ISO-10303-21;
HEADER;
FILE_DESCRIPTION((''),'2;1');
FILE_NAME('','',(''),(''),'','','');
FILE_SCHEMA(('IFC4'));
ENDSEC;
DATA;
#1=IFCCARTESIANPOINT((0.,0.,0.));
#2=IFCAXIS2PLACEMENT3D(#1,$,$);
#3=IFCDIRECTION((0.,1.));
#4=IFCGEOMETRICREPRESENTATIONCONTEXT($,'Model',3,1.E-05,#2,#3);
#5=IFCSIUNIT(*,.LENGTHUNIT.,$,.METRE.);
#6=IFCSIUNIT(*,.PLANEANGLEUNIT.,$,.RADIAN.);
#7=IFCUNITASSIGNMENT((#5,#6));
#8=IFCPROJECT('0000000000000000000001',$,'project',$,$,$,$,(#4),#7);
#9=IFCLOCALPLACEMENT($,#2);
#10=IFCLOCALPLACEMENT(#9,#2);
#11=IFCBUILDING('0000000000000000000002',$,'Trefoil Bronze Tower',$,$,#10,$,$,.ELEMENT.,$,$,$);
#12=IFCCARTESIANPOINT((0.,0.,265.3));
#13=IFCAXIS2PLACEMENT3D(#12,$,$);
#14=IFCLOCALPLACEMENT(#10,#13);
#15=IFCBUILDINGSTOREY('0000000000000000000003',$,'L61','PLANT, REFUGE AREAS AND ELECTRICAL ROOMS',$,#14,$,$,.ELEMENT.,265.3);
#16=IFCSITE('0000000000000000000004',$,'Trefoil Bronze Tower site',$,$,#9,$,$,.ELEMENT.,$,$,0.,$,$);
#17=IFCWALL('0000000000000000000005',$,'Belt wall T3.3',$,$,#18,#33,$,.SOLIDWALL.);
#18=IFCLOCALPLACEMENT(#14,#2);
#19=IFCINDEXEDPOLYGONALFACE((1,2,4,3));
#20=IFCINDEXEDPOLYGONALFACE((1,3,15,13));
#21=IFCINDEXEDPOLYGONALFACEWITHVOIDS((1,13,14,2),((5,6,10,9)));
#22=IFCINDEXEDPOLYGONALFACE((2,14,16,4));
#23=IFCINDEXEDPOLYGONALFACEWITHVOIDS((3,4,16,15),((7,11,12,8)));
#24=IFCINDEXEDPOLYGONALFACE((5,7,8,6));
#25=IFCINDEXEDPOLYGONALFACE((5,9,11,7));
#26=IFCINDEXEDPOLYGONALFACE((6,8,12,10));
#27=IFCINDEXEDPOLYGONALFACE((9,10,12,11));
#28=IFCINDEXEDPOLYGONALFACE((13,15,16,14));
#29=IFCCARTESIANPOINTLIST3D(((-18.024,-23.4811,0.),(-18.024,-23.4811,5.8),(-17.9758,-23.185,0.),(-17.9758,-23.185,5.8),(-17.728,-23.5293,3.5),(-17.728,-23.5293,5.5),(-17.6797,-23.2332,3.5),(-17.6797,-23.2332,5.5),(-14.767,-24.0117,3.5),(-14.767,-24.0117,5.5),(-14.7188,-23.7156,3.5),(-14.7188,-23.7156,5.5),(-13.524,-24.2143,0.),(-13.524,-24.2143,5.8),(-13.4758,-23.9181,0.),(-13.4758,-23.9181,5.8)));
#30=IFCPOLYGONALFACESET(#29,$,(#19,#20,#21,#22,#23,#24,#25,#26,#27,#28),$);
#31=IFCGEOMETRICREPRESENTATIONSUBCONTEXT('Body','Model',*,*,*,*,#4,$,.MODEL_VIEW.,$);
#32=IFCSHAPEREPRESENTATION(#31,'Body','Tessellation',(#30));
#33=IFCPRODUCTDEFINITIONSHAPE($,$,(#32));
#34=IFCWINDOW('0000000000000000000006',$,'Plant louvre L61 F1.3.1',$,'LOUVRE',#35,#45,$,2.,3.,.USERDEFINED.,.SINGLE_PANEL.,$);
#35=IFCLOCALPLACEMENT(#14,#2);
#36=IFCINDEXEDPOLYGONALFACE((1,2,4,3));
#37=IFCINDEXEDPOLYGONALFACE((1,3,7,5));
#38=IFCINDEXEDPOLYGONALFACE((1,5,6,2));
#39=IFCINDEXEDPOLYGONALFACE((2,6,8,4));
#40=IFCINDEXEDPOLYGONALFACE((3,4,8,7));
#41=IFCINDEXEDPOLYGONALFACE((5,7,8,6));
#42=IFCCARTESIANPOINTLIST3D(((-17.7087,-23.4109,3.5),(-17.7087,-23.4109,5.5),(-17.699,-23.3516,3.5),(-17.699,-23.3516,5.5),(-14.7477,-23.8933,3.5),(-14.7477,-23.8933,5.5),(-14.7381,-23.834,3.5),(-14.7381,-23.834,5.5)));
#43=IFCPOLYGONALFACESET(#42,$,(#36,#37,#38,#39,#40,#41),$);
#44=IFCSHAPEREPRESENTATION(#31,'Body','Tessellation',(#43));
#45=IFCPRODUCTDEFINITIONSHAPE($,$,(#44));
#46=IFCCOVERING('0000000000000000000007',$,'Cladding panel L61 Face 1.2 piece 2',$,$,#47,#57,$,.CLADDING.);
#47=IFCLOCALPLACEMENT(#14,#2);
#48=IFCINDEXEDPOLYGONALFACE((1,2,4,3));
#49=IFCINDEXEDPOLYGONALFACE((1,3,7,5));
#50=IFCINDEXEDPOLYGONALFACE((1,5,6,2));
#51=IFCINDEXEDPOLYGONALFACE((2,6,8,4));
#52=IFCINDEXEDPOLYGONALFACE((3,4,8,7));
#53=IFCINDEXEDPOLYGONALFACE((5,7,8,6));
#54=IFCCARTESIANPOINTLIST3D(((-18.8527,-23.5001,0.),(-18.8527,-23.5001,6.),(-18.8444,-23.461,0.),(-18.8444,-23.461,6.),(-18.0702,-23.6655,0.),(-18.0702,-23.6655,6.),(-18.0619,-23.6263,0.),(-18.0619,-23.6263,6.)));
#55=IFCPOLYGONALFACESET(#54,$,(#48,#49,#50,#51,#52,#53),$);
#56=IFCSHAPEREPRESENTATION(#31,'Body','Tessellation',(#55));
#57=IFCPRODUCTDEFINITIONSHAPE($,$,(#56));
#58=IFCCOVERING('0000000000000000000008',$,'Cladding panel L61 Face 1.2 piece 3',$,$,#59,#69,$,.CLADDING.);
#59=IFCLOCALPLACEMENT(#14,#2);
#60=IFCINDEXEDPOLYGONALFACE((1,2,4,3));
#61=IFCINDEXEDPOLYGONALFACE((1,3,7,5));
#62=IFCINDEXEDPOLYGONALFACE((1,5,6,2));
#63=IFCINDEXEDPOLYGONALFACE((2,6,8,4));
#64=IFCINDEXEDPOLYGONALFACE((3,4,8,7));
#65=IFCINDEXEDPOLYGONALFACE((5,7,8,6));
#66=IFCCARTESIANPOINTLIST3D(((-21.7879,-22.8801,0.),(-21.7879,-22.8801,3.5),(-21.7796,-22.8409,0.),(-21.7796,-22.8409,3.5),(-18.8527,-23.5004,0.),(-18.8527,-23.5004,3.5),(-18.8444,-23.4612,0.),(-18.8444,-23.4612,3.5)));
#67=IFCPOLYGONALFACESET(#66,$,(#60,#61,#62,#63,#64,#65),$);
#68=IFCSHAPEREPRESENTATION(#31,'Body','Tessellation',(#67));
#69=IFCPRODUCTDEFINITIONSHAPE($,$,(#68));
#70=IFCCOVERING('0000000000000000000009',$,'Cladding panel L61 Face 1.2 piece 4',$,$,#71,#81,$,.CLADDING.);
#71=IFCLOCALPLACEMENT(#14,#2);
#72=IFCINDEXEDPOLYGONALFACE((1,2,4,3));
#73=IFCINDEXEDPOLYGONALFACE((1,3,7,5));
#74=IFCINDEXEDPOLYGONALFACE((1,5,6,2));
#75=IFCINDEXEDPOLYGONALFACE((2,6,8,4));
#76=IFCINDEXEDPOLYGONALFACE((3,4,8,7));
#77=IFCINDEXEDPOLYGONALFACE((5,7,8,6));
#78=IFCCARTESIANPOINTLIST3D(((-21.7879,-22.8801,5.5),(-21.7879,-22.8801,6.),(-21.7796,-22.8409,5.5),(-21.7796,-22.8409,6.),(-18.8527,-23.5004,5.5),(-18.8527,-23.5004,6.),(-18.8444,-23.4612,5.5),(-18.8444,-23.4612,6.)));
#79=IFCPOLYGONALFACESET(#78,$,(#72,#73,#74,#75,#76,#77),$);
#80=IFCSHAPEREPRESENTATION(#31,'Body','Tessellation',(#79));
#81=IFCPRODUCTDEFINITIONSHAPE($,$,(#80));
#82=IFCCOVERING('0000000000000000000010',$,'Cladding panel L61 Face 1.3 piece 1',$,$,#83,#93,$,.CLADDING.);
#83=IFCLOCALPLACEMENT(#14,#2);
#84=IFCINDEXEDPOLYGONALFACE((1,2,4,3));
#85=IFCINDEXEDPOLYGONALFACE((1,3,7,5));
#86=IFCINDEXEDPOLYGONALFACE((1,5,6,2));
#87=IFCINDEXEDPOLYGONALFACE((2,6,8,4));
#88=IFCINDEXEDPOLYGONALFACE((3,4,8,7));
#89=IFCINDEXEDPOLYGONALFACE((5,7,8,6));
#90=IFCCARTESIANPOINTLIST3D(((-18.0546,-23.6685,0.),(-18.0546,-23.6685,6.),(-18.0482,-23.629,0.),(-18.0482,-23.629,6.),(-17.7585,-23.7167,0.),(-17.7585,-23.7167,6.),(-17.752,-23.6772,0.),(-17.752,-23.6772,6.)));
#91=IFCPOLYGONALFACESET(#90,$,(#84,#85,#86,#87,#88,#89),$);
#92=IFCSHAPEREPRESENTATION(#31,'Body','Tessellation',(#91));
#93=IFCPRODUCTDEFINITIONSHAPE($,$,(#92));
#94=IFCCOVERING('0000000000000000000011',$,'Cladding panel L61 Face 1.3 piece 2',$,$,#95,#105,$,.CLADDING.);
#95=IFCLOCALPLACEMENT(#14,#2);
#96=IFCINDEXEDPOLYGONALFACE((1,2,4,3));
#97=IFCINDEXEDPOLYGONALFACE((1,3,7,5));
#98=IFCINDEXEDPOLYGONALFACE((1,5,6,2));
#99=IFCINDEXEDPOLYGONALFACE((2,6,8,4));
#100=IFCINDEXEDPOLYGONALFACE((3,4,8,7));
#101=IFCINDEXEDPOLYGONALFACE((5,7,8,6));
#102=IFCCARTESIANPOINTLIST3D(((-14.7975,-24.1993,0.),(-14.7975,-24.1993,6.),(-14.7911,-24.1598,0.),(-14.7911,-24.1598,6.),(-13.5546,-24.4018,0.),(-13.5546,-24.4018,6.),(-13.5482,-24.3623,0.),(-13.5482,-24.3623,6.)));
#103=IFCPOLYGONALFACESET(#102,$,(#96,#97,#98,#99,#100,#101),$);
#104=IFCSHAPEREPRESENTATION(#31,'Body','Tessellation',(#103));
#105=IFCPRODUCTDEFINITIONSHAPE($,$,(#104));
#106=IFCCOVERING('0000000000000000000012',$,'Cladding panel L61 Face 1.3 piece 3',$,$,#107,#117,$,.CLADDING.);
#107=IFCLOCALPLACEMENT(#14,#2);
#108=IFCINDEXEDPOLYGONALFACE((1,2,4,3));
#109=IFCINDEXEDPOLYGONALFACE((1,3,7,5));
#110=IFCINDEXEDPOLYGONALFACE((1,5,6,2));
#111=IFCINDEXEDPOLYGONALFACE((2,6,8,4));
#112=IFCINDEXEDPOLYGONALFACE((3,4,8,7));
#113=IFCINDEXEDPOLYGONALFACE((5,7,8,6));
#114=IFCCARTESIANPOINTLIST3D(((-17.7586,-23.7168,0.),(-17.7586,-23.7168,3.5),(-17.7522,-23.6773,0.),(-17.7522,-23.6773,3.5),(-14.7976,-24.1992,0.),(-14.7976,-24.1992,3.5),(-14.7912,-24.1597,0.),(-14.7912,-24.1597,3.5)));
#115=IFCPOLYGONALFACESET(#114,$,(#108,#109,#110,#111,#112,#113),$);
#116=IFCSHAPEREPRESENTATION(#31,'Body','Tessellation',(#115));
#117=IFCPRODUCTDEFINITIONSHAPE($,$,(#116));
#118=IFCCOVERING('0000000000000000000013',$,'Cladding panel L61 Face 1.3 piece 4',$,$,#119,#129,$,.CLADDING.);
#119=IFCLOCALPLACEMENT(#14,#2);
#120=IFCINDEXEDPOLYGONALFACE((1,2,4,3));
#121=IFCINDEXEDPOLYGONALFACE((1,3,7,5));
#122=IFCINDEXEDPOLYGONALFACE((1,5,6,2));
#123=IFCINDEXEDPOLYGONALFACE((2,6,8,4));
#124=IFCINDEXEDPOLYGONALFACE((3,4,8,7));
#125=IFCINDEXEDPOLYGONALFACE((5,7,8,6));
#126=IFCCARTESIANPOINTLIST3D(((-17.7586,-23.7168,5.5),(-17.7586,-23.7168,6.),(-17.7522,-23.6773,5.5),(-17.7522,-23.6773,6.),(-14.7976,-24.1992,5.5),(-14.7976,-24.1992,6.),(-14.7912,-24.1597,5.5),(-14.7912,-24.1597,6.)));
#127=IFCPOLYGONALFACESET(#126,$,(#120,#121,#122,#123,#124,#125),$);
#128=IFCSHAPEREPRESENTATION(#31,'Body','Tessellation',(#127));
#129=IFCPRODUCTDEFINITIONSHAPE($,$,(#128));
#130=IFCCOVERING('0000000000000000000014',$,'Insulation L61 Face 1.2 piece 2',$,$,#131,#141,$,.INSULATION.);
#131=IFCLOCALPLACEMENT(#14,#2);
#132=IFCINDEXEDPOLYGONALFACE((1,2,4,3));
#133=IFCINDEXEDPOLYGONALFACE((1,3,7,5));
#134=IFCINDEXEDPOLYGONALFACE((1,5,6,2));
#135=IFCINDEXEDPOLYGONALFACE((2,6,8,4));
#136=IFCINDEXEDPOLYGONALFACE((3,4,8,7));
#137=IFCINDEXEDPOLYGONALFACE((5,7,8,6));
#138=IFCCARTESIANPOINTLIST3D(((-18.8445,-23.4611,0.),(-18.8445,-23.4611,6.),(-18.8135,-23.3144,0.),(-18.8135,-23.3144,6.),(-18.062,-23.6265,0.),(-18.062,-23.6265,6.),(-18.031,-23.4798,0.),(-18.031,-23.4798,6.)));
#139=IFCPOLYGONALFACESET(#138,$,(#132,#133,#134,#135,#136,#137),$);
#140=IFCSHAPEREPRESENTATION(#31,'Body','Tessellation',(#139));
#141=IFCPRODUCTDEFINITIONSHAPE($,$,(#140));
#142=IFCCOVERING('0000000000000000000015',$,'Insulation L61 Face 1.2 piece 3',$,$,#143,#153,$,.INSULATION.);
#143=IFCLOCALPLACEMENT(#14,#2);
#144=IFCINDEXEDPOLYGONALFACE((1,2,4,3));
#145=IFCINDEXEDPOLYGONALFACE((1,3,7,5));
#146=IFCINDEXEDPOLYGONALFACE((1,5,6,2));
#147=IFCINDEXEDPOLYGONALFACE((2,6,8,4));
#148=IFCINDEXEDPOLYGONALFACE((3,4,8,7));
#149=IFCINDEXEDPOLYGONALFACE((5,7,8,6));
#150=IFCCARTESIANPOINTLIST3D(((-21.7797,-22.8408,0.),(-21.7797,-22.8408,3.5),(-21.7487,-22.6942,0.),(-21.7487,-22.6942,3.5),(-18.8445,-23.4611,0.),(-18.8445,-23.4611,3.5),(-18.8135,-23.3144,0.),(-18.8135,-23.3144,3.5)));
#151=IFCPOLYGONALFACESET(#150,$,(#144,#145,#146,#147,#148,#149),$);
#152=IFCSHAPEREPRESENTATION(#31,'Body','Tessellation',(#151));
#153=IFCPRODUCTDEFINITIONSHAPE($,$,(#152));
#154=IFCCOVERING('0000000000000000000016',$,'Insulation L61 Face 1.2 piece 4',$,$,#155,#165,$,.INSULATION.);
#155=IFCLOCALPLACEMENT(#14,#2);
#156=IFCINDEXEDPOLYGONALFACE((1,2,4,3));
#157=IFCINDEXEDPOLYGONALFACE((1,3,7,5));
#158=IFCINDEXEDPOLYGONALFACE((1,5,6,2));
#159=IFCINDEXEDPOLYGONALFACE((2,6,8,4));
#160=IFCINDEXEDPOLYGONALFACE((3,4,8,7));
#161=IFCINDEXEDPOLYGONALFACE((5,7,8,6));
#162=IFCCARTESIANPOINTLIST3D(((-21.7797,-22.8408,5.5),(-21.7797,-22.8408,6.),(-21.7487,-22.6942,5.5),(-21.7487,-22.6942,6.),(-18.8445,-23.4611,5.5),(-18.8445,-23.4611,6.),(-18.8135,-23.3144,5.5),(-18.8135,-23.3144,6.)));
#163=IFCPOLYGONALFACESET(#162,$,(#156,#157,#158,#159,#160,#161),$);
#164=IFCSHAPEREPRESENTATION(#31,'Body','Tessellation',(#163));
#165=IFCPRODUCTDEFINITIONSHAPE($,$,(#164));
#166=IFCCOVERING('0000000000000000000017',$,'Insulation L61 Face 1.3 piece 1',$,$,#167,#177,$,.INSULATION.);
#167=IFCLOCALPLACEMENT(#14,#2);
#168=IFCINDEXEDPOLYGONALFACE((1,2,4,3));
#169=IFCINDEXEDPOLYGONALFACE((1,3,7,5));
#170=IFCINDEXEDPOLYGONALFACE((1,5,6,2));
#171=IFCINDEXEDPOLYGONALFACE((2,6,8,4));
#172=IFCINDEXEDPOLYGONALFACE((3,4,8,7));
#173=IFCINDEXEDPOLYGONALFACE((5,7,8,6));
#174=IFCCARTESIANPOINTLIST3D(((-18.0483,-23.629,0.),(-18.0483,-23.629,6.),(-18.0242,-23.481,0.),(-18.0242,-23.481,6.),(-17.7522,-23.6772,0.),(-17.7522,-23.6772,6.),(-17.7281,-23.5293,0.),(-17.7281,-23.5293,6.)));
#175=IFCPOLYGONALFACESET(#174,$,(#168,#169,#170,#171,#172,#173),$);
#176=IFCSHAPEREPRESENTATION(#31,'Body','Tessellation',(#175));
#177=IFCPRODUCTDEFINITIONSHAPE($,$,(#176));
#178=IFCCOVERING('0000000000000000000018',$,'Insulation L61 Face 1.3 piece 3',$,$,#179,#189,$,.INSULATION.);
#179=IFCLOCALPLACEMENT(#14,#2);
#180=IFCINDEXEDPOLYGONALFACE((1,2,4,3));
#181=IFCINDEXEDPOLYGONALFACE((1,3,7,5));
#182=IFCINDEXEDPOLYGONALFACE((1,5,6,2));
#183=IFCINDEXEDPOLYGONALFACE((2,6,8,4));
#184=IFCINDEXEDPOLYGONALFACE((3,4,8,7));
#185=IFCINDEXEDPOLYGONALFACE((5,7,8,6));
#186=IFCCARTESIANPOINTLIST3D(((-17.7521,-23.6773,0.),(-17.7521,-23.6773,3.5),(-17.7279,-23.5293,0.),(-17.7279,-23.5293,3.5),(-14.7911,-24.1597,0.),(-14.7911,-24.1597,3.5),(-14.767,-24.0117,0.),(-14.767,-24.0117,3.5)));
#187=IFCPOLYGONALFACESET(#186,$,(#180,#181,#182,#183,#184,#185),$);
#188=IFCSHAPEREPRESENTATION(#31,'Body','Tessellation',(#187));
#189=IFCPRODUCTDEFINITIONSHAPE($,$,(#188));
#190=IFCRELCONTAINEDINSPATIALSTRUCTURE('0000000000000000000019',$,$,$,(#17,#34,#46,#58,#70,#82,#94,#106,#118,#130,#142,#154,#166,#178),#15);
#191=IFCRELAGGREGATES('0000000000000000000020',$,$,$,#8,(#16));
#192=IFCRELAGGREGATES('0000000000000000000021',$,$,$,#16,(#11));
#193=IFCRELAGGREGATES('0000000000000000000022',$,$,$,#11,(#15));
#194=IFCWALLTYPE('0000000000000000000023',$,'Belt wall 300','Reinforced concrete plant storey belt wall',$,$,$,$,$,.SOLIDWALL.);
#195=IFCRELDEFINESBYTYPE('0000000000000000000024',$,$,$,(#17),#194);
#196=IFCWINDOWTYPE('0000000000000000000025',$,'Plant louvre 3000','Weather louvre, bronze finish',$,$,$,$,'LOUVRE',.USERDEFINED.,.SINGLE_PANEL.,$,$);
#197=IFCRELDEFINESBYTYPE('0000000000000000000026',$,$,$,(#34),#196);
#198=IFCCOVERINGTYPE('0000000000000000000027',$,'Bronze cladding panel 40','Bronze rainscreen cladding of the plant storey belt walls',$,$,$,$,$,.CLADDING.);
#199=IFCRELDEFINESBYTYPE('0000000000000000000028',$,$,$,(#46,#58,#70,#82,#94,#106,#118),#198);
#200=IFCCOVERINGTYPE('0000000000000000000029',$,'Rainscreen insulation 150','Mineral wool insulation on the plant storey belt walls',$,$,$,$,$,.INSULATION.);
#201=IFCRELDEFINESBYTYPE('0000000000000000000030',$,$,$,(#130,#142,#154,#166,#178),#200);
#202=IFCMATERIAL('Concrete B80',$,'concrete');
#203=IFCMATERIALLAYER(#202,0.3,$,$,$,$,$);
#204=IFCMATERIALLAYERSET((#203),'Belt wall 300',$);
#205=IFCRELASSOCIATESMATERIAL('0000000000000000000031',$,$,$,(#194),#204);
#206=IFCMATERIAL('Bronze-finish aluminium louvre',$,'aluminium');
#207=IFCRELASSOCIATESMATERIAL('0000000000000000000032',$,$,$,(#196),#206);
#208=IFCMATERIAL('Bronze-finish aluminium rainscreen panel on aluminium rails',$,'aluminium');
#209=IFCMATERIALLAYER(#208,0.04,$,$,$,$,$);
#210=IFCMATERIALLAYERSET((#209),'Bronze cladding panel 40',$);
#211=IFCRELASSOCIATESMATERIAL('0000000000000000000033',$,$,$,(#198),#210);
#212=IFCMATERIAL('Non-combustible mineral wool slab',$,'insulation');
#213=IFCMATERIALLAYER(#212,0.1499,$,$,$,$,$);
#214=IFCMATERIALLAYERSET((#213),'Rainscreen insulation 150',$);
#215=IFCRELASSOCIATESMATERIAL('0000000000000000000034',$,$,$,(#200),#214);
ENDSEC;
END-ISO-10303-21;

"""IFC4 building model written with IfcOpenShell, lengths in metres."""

from ifc_helpers import new_model, si_unit, direction, frame, frame_2d, origin, origin_2d, place, context, subcontext, project, spatial, rectangle, extrude, material, layer, layer_set, type_object, element, fill, save


model = new_model("IFC4")

# Units and contexts
model_context = context("Model", 3, precision=1e-05, world=origin(), true_north=direction((0.0, 1.0)))
body_context = subcontext(model_context, "Body", "Model", "MODEL_VIEW")
ifc_project = project(units=[si_unit("LENGTHUNIT", "METRE"), si_unit("PLANEANGLEUNIT", "RADIAN")], contexts=[model_context])

# Site, building, storey
site_placement = place(None, origin())
site = spatial("IfcSite", under=ifc_project, at=site_placement, Name="Trefoil Bronze Tower site", CompositionType="ELEMENT", RefElevation=0.0)
building_placement = place(site_placement, origin())
building = spatial("IfcBuilding", under=site, at=building_placement, Name="Trefoil Bronze Tower", CompositionType="ELEMENT")
storey_placement = place(building_placement, frame((0.0, 0.0, 265.3)))
storey = spatial("IfcBuildingStorey", under=building, at=storey_placement, Name="L61", Description="PLANT, REFUGE AREAS AND ELECTRICAL ROOMS", CompositionType="ELEMENT", Elevation=265.3)

# Wall, opening, window
ifc_material_1 = material(Name="Concrete B80", Category="concrete")
ifc_layer_1 = layer(ifc_material_1, 0.3)
ifc_layer_set_1 = layer_set([ifc_layer_1], Name="Belt wall 300")
wall_type = type_object("IfcWallType", Name="Belt wall 300", Description="Reinforced concrete plant storey belt wall", PredefinedType="SOLIDWALL", material=ifc_layer_set_1)
wall_placement = place(storey_placement, frame((-18.0, -23.333, 0.0), z_axis=(0.0, 0.0, 1.0), x_axis=(0.986987, -0.160803, 0.0)))
wall = element("IfcWall", 1, at=wall_placement, inside=storey, type_object=wall_type, Name="Belt wall T3.3", PredefinedType="SOLIDWALL", context=body_context, shape_type="SweptSolid", body=[
    extrude(rectangle(XDim=4.5593, YDim=0.3, at=frame_2d((2.2798, 0.0))), origin(), (0.0, 0.0, 1.0), 5.8),
])
opening_placement = place(wall_placement, frame((0.3, 0.0, 3.5)))
opening = element("IfcOpeningElement", 2, at=opening_placement, cuts=wall, PredefinedType="OPENING", context=body_context, shape_type="SweptSolid", body=[
    extrude(rectangle(XDim=3.0, YDim=2.0, at=frame_2d((1.5, 1.0))), frame((0.0, 0.1599, 0.0), z_axis=(0.0, -1.0, 0.0), x_axis=(1.0, 0.0, 0.0)), (0.0, 0.0, 1.0), 0.3201),
])
ifc_material_2 = material(Name="Bronze-finish aluminium louvre", Category="aluminium")
window_type = type_object("IfcWindowType", Name="Plant louvre 3000", Description="Weather louvre, bronze finish", ElementType="LOUVRE", PartitioningType="SINGLE_PANEL", PredefinedType="USERDEFINED", material=ifc_material_2)
window_placement = place(opening_placement, origin())
window = element("IfcWindow", 3, at=window_placement, inside=storey, type_object=window_type, Name="Plant louvre L61 F1.3.1", ObjectType="LOUVRE", OverallHeight=2.0, OverallWidth=3.0, PartitioningType="SINGLE_PANEL", PredefinedType="USERDEFINED", context=body_context, shape_type="SweptSolid", body=[
    extrude(rectangle(XDim=3.0, YDim=2.0, at=frame_2d((1.5, 1.0))), frame((0.0, 0.03, 0.0), z_axis=(0.0, -1.0, 0.0), x_axis=(1.0, 0.0, 0.0)), (0.0, 0.0, 1.0), 0.0601),
])
fill(opening, window)

# Coverings
ifc_material_3 = material(Name="Bronze-finish aluminium rainscreen panel on aluminium rails", Category="aluminium")
ifc_layer_2 = layer(ifc_material_3, 0.04)
ifc_layer_set_2 = layer_set([ifc_layer_2], Name="Bronze cladding panel 40")
covering_type_1 = type_object("IfcCoveringType", Name="Bronze cladding panel 40", Description="Bronze rainscreen cladding of the plant storey belt walls", PredefinedType="CLADDING", material=ifc_layer_set_2)
covering_1_placement = place(storey_placement, frame((-18.4573, -23.5632, 0.0), z_axis=(0.0, 0.0, 1.0), x_axis=(0.978394, -0.206747, 0.0)))
element("IfcCovering", 4, at=covering_1_placement, inside=storey, type_object=covering_type_1, Name="Cladding panel L61 Face 1.2 piece 2", PredefinedType="CLADDING", context=body_context, shape_type="SweptSolid", body=[
    extrude(rectangle(XDim=0.7998, YDim=0.04, at=origin_2d()), origin(), (0.0, 0.0, 1.0), 6.0),
])
covering_2_placement = place(storey_placement, frame((-20.3162, -23.1707, 0.0), z_axis=(0.0, 0.0, 1.0), x_axis=(0.978394, -0.206747, 0.0)))
element("IfcCovering", 5, at=covering_2_placement, inside=storey, type_object=covering_type_1, Name="Cladding panel L61 Face 1.2 piece 3", PredefinedType="CLADDING", context=body_context, shape_type="SweptSolid", body=[
    extrude(rectangle(XDim=3.0, YDim=0.04, at=origin_2d()), origin(), (0.0, 0.0, 1.0), 3.5),
])
covering_3_placement = place(storey_placement, frame((-20.3162, -23.1707, 5.5), z_axis=(0.0, 0.0, 1.0), x_axis=(0.978394, -0.206747, 0.0)))
element("IfcCovering", 6, at=covering_3_placement, inside=storey, type_object=covering_type_1, Name="Cladding panel L61 Face 1.2 piece 4", PredefinedType="CLADDING", context=body_context, shape_type="SweptSolid", body=[
    extrude(rectangle(XDim=3.0, YDim=0.04, at=origin_2d()), origin(), (0.0, 0.0, 1.0), 0.5),
])
covering_4_placement = place(storey_placement, frame((-17.9033, -23.6729, 0.0), z_axis=(0.0, 0.0, 1.0), x_axis=(0.986987, -0.160803, 0.0)))
element("IfcCovering", 7, at=covering_4_placement, inside=storey, type_object=covering_type_1, Name="Cladding panel L61 Face 1.3 piece 1", PredefinedType="CLADDING", context=body_context, shape_type="SweptSolid", body=[
    extrude(rectangle(XDim=0.3, YDim=0.04, at=origin_2d()), origin(), (0.0, 0.0, 1.0), 6.0),
])
covering_5_placement = place(storey_placement, frame((-14.1729, -24.2808, 0.0), z_axis=(0.0, 0.0, 1.0), x_axis=(0.986987, -0.160803, 0.0)))
element("IfcCovering", 8, at=covering_5_placement, inside=storey, type_object=covering_type_1, Name="Cladding panel L61 Face 1.3 piece 2", PredefinedType="CLADDING", context=body_context, shape_type="SweptSolid", body=[
    extrude(rectangle(XDim=1.2593, YDim=0.04, at=origin_2d()), origin(), (0.0, 0.0, 1.0), 6.0),
])
covering_6_placement = place(storey_placement, frame((-16.2749, -23.9382, 0.0), z_axis=(0.0, 0.0, 1.0), x_axis=(0.986987, -0.160803, 0.0)))
element("IfcCovering", 9, at=covering_6_placement, inside=storey, type_object=covering_type_1, Name="Cladding panel L61 Face 1.3 piece 3", PredefinedType="CLADDING", context=body_context, shape_type="SweptSolid", body=[
    extrude(rectangle(XDim=3.0, YDim=0.04, at=origin_2d()), origin(), (0.0, 0.0, 1.0), 3.5),
])
covering_7_placement = place(storey_placement, frame((-16.2749, -23.9382, 5.5), z_axis=(0.0, 0.0, 1.0), x_axis=(0.986987, -0.160803, 0.0)))
element("IfcCovering", 10, at=covering_7_placement, inside=storey, type_object=covering_type_1, Name="Cladding panel L61 Face 1.3 piece 4", PredefinedType="CLADDING", context=body_context, shape_type="SweptSolid", body=[
    extrude(rectangle(XDim=3.0, YDim=0.04, at=origin_2d()), origin(), (0.0, 0.0, 1.0), 0.5),
])
ifc_material_4 = material(Name="Non-combustible mineral wool slab", Category="insulation")
ifc_layer_3 = layer(ifc_material_4, 0.1499)
ifc_layer_set_3 = layer_set([ifc_layer_3], Name="Rainscreen insulation 150")
covering_type_2 = type_object("IfcCoveringType", Name="Rainscreen insulation 150", Description="Mineral wool insulation on the plant storey belt walls", PredefinedType="INSULATION", material=ifc_layer_set_3)
covering_8_placement = place(storey_placement, frame((-18.4377, -23.4705, 0.0), z_axis=(0.0, 0.0, 1.0), x_axis=(0.978394, -0.206747, 0.0)))
element("IfcCovering", 11, at=covering_8_placement, inside=storey, type_object=covering_type_2, Name="Insulation L61 Face 1.2 piece 2", PredefinedType="INSULATION", context=body_context, shape_type="SweptSolid", body=[
    extrude(rectangle(XDim=0.7998, YDim=0.1499, at=origin_2d()), origin(), (0.0, 0.0, 1.0), 6.0),
])
covering_9_placement = place(storey_placement, frame((-20.2966, -23.0776, 0.0), z_axis=(0.0, 0.0, 1.0), x_axis=(0.978394, -0.206747, 0.0)))
element("IfcCovering", 12, at=covering_9_placement, inside=storey, type_object=covering_type_2, Name="Insulation L61 Face 1.2 piece 3", PredefinedType="INSULATION", context=body_context, shape_type="SweptSolid", body=[
    extrude(rectangle(XDim=3.0, YDim=0.1499, at=origin_2d()), origin(), (0.0, 0.0, 1.0), 3.5),
])
covering_10_placement = place(storey_placement, frame((-20.2966, -23.0776, 5.5), z_axis=(0.0, 0.0, 1.0), x_axis=(0.978394, -0.206747, 0.0)))
element("IfcCovering", 13, at=covering_10_placement, inside=storey, type_object=covering_type_2, Name="Insulation L61 Face 1.2 piece 4", PredefinedType="INSULATION", context=body_context, shape_type="SweptSolid", body=[
    extrude(rectangle(XDim=3.0, YDim=0.1499, at=origin_2d()), origin(), (0.0, 0.0, 1.0), 0.5),
])
covering_11_placement = place(storey_placement, frame((-17.8882, -23.5791, 0.0), z_axis=(0.0, 0.0, 1.0), x_axis=(0.986987, -0.160803, 0.0)))
element("IfcCovering", 14, at=covering_11_placement, inside=storey, type_object=covering_type_2, Name="Insulation L61 Face 1.3 piece 1", PredefinedType="INSULATION", context=body_context, shape_type="SweptSolid", body=[
    extrude(rectangle(XDim=0.3, YDim=0.1499, at=origin_2d()), origin(), (0.0, 0.0, 1.0), 6.0),
])
covering_12_placement = place(storey_placement, frame((-16.2595, -23.8445, 0.0), z_axis=(0.0, 0.0, 1.0), x_axis=(0.986987, -0.160803, 0.0)))
element("IfcCovering", 15, at=covering_12_placement, inside=storey, type_object=covering_type_2, Name="Insulation L61 Face 1.3 piece 3", PredefinedType="INSULATION", context=body_context, shape_type="SweptSolid", body=[
    extrude(rectangle(XDim=3.0, YDim=0.1499, at=origin_2d()), origin(), (0.0, 0.0, 1.0), 3.5),
])

save(model, "model.ifc")
